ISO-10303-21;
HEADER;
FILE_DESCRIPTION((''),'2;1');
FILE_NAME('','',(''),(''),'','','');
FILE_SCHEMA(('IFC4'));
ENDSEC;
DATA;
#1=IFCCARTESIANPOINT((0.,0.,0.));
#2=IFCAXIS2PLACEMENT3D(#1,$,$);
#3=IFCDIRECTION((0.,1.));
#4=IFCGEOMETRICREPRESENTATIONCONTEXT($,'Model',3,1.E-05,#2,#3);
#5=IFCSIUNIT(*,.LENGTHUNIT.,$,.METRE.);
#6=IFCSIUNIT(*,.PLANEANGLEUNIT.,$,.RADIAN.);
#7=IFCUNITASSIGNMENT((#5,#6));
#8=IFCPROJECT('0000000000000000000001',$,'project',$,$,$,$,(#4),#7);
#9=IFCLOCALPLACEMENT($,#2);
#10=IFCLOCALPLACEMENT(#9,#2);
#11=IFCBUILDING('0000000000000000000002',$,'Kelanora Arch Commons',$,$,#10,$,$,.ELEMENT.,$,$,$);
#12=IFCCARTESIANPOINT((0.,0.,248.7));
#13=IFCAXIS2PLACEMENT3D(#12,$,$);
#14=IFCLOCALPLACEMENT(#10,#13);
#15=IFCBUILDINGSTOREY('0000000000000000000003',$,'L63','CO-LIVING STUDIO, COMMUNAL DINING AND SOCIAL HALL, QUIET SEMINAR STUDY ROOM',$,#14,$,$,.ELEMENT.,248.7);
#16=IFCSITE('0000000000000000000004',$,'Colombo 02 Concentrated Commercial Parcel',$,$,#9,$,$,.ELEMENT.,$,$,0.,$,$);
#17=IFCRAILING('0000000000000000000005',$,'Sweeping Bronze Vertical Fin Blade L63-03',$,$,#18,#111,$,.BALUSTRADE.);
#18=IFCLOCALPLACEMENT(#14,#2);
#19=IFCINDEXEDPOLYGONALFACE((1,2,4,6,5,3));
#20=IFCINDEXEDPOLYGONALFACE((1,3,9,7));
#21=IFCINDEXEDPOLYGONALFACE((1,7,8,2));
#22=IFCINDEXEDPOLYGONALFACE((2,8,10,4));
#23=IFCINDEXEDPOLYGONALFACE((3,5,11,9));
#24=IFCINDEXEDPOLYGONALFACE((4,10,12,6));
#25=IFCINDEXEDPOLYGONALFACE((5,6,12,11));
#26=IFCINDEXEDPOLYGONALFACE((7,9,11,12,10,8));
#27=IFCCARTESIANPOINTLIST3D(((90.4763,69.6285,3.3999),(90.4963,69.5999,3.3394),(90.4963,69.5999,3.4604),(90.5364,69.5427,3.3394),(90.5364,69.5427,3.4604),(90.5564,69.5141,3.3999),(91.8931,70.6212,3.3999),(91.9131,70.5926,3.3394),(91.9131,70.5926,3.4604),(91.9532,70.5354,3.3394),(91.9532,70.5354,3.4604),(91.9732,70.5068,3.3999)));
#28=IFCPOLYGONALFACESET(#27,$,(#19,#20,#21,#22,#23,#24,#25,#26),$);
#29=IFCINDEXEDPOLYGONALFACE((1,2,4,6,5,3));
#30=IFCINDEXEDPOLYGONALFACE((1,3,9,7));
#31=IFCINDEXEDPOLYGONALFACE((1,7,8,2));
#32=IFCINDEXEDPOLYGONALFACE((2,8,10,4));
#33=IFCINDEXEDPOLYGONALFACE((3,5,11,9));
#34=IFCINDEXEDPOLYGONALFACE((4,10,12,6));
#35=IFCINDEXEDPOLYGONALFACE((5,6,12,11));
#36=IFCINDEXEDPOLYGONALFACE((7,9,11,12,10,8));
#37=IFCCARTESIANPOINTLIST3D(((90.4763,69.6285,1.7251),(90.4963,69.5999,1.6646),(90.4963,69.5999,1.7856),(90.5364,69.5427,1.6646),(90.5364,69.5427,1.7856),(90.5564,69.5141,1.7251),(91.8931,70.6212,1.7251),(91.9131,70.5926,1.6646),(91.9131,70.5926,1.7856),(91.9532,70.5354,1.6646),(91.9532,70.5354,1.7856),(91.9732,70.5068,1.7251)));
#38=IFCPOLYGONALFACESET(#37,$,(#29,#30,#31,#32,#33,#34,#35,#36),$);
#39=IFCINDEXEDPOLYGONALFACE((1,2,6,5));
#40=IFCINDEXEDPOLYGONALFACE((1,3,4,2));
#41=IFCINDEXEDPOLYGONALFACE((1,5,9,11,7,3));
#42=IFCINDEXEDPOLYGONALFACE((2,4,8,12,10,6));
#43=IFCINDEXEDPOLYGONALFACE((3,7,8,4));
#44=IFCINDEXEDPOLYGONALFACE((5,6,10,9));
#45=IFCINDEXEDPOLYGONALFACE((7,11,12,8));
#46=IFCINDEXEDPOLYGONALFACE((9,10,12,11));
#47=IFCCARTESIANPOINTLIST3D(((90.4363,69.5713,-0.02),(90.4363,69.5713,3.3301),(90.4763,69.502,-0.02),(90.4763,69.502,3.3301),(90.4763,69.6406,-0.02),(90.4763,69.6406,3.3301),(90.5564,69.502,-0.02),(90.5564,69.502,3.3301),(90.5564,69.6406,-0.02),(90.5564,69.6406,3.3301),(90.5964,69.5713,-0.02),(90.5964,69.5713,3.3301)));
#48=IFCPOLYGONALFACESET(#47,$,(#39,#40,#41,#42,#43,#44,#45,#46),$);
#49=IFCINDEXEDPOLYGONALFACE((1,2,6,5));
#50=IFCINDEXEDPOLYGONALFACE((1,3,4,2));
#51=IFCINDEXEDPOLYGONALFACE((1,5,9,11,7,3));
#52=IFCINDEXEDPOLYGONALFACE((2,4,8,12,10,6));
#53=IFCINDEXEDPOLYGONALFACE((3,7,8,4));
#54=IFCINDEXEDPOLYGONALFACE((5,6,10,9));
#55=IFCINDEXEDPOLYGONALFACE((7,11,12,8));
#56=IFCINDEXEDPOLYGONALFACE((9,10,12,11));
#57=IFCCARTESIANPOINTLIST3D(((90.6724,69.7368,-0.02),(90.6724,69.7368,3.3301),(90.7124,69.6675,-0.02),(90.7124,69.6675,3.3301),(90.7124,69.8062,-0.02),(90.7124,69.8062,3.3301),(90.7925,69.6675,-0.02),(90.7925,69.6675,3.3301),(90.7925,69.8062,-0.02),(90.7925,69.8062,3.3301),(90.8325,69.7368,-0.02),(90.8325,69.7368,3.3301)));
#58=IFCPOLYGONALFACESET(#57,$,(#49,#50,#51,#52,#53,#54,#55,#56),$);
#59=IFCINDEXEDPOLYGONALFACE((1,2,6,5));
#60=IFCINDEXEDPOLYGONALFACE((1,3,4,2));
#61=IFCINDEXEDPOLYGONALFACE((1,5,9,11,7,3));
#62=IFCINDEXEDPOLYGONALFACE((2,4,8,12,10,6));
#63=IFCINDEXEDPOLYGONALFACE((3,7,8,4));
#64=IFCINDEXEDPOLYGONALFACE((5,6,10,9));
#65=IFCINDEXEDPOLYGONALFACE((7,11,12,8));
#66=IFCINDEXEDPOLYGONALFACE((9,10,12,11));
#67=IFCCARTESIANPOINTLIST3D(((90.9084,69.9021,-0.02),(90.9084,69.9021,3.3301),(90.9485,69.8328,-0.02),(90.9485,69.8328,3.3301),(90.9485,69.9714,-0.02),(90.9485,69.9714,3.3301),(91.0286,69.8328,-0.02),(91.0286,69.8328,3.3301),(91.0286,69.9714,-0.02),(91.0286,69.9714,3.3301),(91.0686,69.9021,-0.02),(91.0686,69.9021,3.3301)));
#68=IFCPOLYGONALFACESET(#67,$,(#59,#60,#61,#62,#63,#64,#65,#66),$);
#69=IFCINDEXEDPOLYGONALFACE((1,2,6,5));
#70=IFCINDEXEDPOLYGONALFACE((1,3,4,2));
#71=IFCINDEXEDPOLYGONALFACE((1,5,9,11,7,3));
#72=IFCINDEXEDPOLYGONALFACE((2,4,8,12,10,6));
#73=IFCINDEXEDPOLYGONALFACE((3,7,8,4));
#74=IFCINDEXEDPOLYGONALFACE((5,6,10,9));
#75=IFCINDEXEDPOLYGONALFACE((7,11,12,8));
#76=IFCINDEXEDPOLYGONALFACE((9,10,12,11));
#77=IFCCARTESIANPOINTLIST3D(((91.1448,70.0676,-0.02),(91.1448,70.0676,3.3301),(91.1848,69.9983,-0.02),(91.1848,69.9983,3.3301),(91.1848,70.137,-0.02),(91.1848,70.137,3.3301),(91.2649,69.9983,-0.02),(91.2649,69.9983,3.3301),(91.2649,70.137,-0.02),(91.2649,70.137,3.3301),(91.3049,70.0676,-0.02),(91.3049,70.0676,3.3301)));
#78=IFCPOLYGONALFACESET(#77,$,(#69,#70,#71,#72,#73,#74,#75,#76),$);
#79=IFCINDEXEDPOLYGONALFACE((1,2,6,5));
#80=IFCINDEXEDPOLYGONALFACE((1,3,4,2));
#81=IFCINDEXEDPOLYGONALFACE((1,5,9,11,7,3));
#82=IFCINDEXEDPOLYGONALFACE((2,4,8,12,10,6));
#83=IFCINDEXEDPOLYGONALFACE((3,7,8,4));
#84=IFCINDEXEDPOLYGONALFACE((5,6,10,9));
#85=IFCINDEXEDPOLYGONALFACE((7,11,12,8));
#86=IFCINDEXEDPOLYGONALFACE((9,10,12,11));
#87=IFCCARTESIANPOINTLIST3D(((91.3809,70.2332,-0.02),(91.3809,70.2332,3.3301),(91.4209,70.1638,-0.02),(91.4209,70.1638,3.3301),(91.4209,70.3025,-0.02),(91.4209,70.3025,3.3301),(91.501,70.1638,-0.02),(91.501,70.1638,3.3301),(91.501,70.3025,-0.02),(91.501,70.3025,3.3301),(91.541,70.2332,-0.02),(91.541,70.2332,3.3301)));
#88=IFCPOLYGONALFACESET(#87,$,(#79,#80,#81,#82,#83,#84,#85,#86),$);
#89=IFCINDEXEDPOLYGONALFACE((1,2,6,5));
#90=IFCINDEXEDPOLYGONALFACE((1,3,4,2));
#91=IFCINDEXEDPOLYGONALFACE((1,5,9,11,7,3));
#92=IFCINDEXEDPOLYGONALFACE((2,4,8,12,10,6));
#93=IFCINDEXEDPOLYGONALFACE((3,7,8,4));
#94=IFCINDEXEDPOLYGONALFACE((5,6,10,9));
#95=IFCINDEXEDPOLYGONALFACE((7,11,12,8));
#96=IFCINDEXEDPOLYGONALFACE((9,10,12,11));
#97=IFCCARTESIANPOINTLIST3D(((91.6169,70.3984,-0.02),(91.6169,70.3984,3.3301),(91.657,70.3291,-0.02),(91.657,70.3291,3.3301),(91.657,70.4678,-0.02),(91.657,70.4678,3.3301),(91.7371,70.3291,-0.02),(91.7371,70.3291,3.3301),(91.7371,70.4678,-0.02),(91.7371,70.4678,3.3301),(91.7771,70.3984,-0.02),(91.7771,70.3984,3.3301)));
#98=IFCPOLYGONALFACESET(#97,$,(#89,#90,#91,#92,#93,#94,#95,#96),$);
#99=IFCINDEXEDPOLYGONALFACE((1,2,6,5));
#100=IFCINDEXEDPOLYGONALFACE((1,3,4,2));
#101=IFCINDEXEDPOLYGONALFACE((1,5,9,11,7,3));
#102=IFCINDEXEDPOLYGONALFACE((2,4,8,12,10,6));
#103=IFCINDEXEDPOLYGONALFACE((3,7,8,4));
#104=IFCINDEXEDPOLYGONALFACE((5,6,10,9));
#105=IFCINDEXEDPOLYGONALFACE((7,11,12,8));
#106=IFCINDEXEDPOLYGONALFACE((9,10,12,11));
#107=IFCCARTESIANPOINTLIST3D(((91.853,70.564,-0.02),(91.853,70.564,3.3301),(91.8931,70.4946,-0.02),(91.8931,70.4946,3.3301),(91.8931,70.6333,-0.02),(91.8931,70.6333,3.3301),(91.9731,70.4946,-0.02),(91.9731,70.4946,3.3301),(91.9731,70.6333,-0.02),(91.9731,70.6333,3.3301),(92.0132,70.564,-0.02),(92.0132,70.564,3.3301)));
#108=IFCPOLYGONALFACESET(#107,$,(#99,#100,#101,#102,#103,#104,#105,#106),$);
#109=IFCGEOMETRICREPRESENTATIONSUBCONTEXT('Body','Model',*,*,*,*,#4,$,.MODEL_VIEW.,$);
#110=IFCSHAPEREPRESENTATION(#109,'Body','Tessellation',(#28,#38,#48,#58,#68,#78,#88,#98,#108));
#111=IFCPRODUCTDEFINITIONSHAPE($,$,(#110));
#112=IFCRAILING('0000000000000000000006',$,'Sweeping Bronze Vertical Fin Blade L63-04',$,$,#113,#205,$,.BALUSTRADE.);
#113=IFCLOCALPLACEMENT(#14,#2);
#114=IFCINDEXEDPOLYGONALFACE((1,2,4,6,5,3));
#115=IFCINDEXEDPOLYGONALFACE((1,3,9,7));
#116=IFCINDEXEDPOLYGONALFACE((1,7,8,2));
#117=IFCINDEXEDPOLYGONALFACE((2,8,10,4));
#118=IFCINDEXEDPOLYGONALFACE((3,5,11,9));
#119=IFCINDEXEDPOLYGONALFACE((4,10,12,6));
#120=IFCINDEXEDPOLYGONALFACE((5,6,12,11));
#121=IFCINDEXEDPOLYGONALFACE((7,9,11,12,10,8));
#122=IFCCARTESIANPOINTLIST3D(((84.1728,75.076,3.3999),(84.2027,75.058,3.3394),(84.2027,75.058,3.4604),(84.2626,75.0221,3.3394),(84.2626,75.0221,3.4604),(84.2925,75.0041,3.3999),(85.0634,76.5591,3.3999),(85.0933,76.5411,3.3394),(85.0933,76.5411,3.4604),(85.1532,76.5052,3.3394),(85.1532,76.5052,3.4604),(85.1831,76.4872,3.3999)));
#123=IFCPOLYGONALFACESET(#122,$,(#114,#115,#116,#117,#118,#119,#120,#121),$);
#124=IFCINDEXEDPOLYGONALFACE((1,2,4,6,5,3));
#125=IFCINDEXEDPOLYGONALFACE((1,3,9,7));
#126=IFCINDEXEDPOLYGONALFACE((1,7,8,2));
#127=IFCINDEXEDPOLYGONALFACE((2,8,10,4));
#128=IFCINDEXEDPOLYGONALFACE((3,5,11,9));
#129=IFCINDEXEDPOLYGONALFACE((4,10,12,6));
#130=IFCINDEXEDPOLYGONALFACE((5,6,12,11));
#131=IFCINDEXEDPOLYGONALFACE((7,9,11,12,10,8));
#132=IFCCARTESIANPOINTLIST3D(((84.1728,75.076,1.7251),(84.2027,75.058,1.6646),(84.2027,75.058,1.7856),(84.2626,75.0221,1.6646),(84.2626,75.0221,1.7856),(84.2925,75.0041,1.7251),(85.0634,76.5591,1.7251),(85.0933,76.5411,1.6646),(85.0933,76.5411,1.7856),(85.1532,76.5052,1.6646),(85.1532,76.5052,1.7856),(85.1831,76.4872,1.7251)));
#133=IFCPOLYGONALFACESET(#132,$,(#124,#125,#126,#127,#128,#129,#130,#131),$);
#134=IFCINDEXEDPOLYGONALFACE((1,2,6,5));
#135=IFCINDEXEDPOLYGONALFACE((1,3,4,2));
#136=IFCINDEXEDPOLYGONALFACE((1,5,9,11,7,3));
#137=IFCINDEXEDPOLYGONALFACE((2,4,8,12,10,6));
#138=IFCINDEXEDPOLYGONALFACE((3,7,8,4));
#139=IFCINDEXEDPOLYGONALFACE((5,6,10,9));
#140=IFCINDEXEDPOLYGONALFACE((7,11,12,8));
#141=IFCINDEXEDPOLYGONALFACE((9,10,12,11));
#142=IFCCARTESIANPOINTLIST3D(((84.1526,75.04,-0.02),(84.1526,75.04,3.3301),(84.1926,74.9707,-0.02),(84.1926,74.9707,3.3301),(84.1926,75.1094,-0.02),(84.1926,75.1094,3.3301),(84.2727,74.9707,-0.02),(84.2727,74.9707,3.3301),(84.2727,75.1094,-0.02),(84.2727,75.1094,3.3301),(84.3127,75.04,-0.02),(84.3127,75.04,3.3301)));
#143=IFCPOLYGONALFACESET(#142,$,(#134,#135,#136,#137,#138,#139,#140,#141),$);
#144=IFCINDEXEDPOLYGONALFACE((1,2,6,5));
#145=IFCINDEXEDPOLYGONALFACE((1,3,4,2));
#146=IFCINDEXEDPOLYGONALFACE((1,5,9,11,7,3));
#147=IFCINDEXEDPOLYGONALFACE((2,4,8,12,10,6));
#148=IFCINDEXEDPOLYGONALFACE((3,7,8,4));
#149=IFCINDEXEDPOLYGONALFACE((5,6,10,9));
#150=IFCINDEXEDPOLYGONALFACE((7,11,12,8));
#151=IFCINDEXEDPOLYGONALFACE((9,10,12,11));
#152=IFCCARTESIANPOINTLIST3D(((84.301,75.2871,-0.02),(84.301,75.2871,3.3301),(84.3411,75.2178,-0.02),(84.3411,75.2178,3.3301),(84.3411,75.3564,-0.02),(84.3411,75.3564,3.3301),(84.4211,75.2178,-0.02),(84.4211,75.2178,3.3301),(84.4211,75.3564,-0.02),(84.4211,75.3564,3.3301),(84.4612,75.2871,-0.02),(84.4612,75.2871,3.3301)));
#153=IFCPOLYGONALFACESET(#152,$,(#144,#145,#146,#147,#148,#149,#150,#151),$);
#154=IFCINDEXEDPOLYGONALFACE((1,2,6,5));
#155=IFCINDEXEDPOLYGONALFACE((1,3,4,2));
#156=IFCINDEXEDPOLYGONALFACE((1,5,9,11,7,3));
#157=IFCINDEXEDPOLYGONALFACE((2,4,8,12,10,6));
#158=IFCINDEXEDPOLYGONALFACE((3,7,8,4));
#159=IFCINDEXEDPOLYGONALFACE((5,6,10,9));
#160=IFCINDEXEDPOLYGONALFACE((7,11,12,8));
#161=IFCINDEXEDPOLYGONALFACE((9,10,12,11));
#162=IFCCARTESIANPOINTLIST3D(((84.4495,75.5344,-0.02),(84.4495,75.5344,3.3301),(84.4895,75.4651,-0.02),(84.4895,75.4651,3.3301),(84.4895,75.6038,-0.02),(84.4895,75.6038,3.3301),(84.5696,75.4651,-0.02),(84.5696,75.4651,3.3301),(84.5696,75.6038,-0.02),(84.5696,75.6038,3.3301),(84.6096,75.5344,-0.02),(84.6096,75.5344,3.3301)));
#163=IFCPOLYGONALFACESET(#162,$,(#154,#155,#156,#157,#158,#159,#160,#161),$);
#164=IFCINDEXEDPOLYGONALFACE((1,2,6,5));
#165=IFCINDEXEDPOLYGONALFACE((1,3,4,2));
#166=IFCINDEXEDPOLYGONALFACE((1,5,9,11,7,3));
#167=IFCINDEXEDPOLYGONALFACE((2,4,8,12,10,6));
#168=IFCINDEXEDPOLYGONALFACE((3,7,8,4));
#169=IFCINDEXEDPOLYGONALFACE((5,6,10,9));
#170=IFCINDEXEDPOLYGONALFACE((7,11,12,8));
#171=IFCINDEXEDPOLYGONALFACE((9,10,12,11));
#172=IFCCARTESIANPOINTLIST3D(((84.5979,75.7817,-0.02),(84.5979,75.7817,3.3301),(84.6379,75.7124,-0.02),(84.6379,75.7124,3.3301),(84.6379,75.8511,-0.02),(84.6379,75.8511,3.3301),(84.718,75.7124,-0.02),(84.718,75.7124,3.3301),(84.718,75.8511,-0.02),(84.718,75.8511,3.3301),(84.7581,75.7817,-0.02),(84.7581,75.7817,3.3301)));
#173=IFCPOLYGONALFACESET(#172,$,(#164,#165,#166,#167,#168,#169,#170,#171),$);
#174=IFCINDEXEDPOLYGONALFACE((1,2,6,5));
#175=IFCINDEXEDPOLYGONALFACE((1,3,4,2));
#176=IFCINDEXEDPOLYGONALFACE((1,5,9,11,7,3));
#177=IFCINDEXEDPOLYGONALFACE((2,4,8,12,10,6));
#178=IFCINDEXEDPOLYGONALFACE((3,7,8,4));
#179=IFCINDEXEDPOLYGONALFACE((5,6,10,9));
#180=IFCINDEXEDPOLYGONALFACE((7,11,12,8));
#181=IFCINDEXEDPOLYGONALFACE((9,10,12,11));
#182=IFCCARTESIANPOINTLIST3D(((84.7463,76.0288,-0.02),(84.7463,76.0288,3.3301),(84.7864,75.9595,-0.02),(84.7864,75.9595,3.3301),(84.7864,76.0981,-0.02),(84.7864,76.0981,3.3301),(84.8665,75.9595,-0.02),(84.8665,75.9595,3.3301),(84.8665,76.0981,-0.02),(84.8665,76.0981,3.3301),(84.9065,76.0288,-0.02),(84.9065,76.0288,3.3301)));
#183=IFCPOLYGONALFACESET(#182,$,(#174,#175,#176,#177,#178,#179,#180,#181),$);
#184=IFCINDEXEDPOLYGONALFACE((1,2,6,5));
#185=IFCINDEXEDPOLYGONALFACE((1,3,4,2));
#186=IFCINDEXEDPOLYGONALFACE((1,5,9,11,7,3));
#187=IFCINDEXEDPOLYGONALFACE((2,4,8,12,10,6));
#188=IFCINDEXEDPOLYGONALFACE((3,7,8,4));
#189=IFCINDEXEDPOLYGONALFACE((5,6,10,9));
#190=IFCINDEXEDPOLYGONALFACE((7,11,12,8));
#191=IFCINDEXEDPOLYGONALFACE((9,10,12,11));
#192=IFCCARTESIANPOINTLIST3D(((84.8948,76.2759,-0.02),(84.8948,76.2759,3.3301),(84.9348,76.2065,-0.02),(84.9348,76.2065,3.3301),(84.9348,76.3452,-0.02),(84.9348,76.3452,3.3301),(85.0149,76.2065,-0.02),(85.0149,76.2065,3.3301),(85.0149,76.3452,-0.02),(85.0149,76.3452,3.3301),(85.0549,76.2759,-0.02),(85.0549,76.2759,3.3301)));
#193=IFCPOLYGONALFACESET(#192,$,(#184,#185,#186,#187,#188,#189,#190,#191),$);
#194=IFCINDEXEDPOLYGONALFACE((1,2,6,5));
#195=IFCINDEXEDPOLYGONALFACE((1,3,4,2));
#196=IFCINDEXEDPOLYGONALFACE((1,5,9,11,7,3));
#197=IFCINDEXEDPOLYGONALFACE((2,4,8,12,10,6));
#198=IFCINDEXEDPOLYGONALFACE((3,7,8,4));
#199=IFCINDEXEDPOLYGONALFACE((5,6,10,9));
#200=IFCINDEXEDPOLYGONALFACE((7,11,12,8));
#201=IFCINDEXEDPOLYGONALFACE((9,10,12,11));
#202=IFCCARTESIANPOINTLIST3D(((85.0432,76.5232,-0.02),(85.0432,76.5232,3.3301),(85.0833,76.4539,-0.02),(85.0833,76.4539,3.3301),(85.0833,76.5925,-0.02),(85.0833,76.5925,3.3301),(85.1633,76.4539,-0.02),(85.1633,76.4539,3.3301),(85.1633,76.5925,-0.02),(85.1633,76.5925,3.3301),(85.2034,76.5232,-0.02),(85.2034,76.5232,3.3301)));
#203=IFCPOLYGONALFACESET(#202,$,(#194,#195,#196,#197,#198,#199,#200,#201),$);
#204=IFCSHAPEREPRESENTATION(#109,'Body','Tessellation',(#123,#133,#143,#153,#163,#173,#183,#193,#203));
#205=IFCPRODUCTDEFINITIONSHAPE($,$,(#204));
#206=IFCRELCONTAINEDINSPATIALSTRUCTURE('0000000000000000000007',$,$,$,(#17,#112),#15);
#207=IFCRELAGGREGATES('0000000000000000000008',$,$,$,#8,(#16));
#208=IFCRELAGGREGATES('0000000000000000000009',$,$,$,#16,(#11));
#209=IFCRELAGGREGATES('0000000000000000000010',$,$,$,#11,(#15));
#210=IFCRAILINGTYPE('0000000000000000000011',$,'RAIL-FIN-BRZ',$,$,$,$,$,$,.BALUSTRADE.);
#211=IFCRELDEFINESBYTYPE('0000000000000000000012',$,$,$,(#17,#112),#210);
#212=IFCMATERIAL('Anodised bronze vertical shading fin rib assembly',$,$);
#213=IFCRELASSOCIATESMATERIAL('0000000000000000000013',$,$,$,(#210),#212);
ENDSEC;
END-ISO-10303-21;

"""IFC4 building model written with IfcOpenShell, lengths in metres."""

from ifc_helpers import new_model, si_unit, direction, frame, origin, place, context, subcontext, project, spatial, polyline, outline, extrude, material, type_object, element, save


model = new_model("IFC4")

# Units and contexts
model_context = context("Model", 3, precision=1e-05, world=origin(), true_north=direction((0.0, 1.0)))
body_context = subcontext(model_context, "Body", "Model", "MODEL_VIEW")
ifc_project = project(units=[si_unit("LENGTHUNIT", "METRE"), si_unit("PLANEANGLEUNIT", "RADIAN")], contexts=[model_context])

# Site, building, storey
site_placement = place(None, origin())
site = spatial("IfcSite", under=ifc_project, at=site_placement, Name="Colombo 02 Concentrated Commercial Parcel", CompositionType="ELEMENT", RefElevation=0.0)
building_placement = place(site_placement, origin())
building = spatial("IfcBuilding", under=site, at=building_placement, Name="Kelanora Arch Commons", CompositionType="ELEMENT")
storey_placement = place(building_placement, frame((0.0, 0.0, 248.7)))
storey = spatial("IfcBuildingStorey", under=building, at=storey_placement, Name="L63", Description="CO-LIVING STUDIO, COMMUNAL DINING AND SOCIAL HALL, QUIET SEMINAR STUDY ROOM", CompositionType="ELEMENT", Elevation=248.7)

# Railings
ifc_material_1 = material(Name="Anodised bronze vertical shading fin rib assembly")
railing_type = type_object("IfcRailingType", Name="RAIL-FIN-BRZ", PredefinedType="BALUSTRADE", material=ifc_material_1)
railing_1_placement = place(storey_placement, frame((90.5164, 69.5713, -0.02)))
element("IfcRailing", 1, at=railing_1_placement, inside=storey, type_object=railing_type, Name="Sweeping Bronze Vertical Fin Blade L63-03", PredefinedType="BALUSTRADE", context=body_context, shape_type="SweptSolid", body=[
    extrude(outline(polyline([(0.0698, 0.0), (0.0349, 0.0605), (-0.0349, 0.0605), (-0.0698, 0.0), (-0.0349, -0.0605), (0.0349, -0.0605), (0.0698, 0.0)])), frame((0.0, 0.0, 3.4199), z_axis=(0.818973, 0.573832, 0.0), x_axis=(-0.573832, 0.818973, 0.0)), (0.0, 0.0, 1.0), 1.73),
    extrude(outline(polyline([(0.0698, 0.0), (0.0349, 0.0605), (-0.0349, 0.0605), (-0.0698, 0.0), (-0.0349, -0.0605), (0.0349, -0.0605), (0.0698, 0.0)])), frame((0.0, 0.0, 1.7451), z_axis=(0.818973, 0.573832, 0.0), x_axis=(-0.573832, 0.818973, 0.0)), (0.0, 0.0, 1.0), 1.73),
    extrude(outline(polyline([(0.0801, 0.0), (0.04, 0.0693), (-0.04, 0.0693), (-0.0801, 0.0), (-0.04, -0.0693), (0.04, -0.0693), (0.0801, 0.0)])), origin(), (0.0, 0.0, 1.0), 3.3501),
    extrude(outline(polyline([(0.0801, 0.0), (0.04, 0.0693), (-0.04, 0.0693), (-0.0801, 0.0), (-0.04, -0.0693), (0.04, -0.0693), (0.0801, 0.0)])), frame((0.2361, 0.1655, 0.0)), (0.0, 0.0, 1.0), 3.3501),
    extrude(outline(polyline([(0.0801, 0.0), (0.04, 0.0693), (-0.04, 0.0693), (-0.0801, 0.0), (-0.04, -0.0693), (0.04, -0.0693), (0.0801, 0.0)])), frame((0.4722, 0.3308, 0.0)), (0.0, 0.0, 1.0), 3.3501),
    extrude(outline(polyline([(0.0801, 0.0), (0.04, 0.0693), (-0.04, 0.0693), (-0.0801, 0.0), (-0.04, -0.0693), (0.04, -0.0693), (0.0801, 0.0)])), frame((0.7085, 0.4963, 0.0)), (0.0, 0.0, 1.0), 3.3501),
    extrude(outline(polyline([(0.0801, 0.0), (0.04, 0.0693), (-0.04, 0.0693), (-0.0801, 0.0), (-0.04, -0.0693), (0.04, -0.0693), (0.0801, 0.0)])), frame((0.9446, 0.6619, 0.0)), (0.0, 0.0, 1.0), 3.3501),
    extrude(outline(polyline([(0.0801, 0.0), (0.04, 0.0693), (-0.04, 0.0693), (-0.0801, 0.0), (-0.04, -0.0693), (0.04, -0.0693), (0.0801, 0.0)])), frame((1.1807, 0.8271, 0.0)), (0.0, 0.0, 1.0), 3.3501),
    extrude(outline(polyline([(0.0801, 0.0), (0.04, 0.0693), (-0.04, 0.0693), (-0.0801, 0.0), (-0.04, -0.0693), (0.04, -0.0693), (0.0801, 0.0)])), frame((1.4167, 0.9927, 0.0)), (0.0, 0.0, 1.0), 3.3501),
])
railing_2_placement = place(storey_placement, frame((84.2327, 75.04, -0.02)))
element("IfcRailing", 2, at=railing_2_placement, inside=storey, type_object=railing_type, Name="Sweeping Bronze Vertical Fin Blade L63-04", PredefinedType="BALUSTRADE", context=body_context, shape_type="SweptSolid", body=[
    extrude(outline(polyline([(0.0698, 0.0), (0.0349, 0.0605), (-0.0349, 0.0605), (-0.0698, 0.0), (-0.0349, -0.0605), (0.0349, -0.0605), (0.0698, 0.0)])), frame((0.0, 0.0, 3.4199), z_axis=(0.514807, 0.857306, 0.0), x_axis=(-0.857306, 0.514807, 0.0)), (0.0, 0.0, 1.0), 1.73),
    extrude(outline(polyline([(0.0698, 0.0), (0.0349, 0.0605), (-0.0349, 0.0605), (-0.0698, 0.0), (-0.0349, -0.0605), (0.0349, -0.0605), (0.0698, 0.0)])), frame((0.0, 0.0, 1.7451), z_axis=(0.514807, 0.857306, 0.0), x_axis=(-0.857306, 0.514807, 0.0)), (0.0, 0.0, 1.0), 1.73),
    extrude(outline(polyline([(0.0801, 0.0), (0.04, 0.0693), (-0.04, 0.0693), (-0.0801, 0.0), (-0.04, -0.0693), (0.04, -0.0693), (0.0801, 0.0)])), origin(), (0.0, 0.0, 1.0), 3.3501),
    extrude(outline(polyline([(0.0801, 0.0), (0.04, 0.0693), (-0.04, 0.0693), (-0.0801, 0.0), (-0.04, -0.0693), (0.04, -0.0693), (0.0801, 0.0)])), frame((0.1484, 0.2471, 0.0)), (0.0, 0.0, 1.0), 3.3501),
    extrude(outline(polyline([(0.0801, 0.0), (0.04, 0.0693), (-0.04, 0.0693), (-0.0801, 0.0), (-0.04, -0.0693), (0.04, -0.0693), (0.0801, 0.0)])), frame((0.2969, 0.4944, 0.0)), (0.0, 0.0, 1.0), 3.3501),
    extrude(outline(polyline([(0.0801, 0.0), (0.04, 0.0693), (-0.04, 0.0693), (-0.0801, 0.0), (-0.04, -0.0693), (0.04, -0.0693), (0.0801, 0.0)])), frame((0.4453, 0.7417, 0.0)), (0.0, 0.0, 1.0), 3.3501),
    extrude(outline(polyline([(0.0801, 0.0), (0.04, 0.0693), (-0.04, 0.0693), (-0.0801, 0.0), (-0.04, -0.0693), (0.04, -0.0693), (0.0801, 0.0)])), frame((0.5938, 0.9888, 0.0)), (0.0, 0.0, 1.0), 3.3501),
    extrude(outline(polyline([(0.0801, 0.0), (0.04, 0.0693), (-0.04, 0.0693), (-0.0801, 0.0), (-0.04, -0.0693), (0.04, -0.0693), (0.0801, 0.0)])), frame((0.7422, 1.2358, 0.0)), (0.0, 0.0, 1.0), 3.3501),
    extrude(outline(polyline([(0.0801, 0.0), (0.04, 0.0693), (-0.04, 0.0693), (-0.0801, 0.0), (-0.04, -0.0693), (0.04, -0.0693), (0.0801, 0.0)])), frame((0.8906, 1.4832, 0.0)), (0.0, 0.0, 1.0), 3.3501),
])

save(model, "model.ifc")
